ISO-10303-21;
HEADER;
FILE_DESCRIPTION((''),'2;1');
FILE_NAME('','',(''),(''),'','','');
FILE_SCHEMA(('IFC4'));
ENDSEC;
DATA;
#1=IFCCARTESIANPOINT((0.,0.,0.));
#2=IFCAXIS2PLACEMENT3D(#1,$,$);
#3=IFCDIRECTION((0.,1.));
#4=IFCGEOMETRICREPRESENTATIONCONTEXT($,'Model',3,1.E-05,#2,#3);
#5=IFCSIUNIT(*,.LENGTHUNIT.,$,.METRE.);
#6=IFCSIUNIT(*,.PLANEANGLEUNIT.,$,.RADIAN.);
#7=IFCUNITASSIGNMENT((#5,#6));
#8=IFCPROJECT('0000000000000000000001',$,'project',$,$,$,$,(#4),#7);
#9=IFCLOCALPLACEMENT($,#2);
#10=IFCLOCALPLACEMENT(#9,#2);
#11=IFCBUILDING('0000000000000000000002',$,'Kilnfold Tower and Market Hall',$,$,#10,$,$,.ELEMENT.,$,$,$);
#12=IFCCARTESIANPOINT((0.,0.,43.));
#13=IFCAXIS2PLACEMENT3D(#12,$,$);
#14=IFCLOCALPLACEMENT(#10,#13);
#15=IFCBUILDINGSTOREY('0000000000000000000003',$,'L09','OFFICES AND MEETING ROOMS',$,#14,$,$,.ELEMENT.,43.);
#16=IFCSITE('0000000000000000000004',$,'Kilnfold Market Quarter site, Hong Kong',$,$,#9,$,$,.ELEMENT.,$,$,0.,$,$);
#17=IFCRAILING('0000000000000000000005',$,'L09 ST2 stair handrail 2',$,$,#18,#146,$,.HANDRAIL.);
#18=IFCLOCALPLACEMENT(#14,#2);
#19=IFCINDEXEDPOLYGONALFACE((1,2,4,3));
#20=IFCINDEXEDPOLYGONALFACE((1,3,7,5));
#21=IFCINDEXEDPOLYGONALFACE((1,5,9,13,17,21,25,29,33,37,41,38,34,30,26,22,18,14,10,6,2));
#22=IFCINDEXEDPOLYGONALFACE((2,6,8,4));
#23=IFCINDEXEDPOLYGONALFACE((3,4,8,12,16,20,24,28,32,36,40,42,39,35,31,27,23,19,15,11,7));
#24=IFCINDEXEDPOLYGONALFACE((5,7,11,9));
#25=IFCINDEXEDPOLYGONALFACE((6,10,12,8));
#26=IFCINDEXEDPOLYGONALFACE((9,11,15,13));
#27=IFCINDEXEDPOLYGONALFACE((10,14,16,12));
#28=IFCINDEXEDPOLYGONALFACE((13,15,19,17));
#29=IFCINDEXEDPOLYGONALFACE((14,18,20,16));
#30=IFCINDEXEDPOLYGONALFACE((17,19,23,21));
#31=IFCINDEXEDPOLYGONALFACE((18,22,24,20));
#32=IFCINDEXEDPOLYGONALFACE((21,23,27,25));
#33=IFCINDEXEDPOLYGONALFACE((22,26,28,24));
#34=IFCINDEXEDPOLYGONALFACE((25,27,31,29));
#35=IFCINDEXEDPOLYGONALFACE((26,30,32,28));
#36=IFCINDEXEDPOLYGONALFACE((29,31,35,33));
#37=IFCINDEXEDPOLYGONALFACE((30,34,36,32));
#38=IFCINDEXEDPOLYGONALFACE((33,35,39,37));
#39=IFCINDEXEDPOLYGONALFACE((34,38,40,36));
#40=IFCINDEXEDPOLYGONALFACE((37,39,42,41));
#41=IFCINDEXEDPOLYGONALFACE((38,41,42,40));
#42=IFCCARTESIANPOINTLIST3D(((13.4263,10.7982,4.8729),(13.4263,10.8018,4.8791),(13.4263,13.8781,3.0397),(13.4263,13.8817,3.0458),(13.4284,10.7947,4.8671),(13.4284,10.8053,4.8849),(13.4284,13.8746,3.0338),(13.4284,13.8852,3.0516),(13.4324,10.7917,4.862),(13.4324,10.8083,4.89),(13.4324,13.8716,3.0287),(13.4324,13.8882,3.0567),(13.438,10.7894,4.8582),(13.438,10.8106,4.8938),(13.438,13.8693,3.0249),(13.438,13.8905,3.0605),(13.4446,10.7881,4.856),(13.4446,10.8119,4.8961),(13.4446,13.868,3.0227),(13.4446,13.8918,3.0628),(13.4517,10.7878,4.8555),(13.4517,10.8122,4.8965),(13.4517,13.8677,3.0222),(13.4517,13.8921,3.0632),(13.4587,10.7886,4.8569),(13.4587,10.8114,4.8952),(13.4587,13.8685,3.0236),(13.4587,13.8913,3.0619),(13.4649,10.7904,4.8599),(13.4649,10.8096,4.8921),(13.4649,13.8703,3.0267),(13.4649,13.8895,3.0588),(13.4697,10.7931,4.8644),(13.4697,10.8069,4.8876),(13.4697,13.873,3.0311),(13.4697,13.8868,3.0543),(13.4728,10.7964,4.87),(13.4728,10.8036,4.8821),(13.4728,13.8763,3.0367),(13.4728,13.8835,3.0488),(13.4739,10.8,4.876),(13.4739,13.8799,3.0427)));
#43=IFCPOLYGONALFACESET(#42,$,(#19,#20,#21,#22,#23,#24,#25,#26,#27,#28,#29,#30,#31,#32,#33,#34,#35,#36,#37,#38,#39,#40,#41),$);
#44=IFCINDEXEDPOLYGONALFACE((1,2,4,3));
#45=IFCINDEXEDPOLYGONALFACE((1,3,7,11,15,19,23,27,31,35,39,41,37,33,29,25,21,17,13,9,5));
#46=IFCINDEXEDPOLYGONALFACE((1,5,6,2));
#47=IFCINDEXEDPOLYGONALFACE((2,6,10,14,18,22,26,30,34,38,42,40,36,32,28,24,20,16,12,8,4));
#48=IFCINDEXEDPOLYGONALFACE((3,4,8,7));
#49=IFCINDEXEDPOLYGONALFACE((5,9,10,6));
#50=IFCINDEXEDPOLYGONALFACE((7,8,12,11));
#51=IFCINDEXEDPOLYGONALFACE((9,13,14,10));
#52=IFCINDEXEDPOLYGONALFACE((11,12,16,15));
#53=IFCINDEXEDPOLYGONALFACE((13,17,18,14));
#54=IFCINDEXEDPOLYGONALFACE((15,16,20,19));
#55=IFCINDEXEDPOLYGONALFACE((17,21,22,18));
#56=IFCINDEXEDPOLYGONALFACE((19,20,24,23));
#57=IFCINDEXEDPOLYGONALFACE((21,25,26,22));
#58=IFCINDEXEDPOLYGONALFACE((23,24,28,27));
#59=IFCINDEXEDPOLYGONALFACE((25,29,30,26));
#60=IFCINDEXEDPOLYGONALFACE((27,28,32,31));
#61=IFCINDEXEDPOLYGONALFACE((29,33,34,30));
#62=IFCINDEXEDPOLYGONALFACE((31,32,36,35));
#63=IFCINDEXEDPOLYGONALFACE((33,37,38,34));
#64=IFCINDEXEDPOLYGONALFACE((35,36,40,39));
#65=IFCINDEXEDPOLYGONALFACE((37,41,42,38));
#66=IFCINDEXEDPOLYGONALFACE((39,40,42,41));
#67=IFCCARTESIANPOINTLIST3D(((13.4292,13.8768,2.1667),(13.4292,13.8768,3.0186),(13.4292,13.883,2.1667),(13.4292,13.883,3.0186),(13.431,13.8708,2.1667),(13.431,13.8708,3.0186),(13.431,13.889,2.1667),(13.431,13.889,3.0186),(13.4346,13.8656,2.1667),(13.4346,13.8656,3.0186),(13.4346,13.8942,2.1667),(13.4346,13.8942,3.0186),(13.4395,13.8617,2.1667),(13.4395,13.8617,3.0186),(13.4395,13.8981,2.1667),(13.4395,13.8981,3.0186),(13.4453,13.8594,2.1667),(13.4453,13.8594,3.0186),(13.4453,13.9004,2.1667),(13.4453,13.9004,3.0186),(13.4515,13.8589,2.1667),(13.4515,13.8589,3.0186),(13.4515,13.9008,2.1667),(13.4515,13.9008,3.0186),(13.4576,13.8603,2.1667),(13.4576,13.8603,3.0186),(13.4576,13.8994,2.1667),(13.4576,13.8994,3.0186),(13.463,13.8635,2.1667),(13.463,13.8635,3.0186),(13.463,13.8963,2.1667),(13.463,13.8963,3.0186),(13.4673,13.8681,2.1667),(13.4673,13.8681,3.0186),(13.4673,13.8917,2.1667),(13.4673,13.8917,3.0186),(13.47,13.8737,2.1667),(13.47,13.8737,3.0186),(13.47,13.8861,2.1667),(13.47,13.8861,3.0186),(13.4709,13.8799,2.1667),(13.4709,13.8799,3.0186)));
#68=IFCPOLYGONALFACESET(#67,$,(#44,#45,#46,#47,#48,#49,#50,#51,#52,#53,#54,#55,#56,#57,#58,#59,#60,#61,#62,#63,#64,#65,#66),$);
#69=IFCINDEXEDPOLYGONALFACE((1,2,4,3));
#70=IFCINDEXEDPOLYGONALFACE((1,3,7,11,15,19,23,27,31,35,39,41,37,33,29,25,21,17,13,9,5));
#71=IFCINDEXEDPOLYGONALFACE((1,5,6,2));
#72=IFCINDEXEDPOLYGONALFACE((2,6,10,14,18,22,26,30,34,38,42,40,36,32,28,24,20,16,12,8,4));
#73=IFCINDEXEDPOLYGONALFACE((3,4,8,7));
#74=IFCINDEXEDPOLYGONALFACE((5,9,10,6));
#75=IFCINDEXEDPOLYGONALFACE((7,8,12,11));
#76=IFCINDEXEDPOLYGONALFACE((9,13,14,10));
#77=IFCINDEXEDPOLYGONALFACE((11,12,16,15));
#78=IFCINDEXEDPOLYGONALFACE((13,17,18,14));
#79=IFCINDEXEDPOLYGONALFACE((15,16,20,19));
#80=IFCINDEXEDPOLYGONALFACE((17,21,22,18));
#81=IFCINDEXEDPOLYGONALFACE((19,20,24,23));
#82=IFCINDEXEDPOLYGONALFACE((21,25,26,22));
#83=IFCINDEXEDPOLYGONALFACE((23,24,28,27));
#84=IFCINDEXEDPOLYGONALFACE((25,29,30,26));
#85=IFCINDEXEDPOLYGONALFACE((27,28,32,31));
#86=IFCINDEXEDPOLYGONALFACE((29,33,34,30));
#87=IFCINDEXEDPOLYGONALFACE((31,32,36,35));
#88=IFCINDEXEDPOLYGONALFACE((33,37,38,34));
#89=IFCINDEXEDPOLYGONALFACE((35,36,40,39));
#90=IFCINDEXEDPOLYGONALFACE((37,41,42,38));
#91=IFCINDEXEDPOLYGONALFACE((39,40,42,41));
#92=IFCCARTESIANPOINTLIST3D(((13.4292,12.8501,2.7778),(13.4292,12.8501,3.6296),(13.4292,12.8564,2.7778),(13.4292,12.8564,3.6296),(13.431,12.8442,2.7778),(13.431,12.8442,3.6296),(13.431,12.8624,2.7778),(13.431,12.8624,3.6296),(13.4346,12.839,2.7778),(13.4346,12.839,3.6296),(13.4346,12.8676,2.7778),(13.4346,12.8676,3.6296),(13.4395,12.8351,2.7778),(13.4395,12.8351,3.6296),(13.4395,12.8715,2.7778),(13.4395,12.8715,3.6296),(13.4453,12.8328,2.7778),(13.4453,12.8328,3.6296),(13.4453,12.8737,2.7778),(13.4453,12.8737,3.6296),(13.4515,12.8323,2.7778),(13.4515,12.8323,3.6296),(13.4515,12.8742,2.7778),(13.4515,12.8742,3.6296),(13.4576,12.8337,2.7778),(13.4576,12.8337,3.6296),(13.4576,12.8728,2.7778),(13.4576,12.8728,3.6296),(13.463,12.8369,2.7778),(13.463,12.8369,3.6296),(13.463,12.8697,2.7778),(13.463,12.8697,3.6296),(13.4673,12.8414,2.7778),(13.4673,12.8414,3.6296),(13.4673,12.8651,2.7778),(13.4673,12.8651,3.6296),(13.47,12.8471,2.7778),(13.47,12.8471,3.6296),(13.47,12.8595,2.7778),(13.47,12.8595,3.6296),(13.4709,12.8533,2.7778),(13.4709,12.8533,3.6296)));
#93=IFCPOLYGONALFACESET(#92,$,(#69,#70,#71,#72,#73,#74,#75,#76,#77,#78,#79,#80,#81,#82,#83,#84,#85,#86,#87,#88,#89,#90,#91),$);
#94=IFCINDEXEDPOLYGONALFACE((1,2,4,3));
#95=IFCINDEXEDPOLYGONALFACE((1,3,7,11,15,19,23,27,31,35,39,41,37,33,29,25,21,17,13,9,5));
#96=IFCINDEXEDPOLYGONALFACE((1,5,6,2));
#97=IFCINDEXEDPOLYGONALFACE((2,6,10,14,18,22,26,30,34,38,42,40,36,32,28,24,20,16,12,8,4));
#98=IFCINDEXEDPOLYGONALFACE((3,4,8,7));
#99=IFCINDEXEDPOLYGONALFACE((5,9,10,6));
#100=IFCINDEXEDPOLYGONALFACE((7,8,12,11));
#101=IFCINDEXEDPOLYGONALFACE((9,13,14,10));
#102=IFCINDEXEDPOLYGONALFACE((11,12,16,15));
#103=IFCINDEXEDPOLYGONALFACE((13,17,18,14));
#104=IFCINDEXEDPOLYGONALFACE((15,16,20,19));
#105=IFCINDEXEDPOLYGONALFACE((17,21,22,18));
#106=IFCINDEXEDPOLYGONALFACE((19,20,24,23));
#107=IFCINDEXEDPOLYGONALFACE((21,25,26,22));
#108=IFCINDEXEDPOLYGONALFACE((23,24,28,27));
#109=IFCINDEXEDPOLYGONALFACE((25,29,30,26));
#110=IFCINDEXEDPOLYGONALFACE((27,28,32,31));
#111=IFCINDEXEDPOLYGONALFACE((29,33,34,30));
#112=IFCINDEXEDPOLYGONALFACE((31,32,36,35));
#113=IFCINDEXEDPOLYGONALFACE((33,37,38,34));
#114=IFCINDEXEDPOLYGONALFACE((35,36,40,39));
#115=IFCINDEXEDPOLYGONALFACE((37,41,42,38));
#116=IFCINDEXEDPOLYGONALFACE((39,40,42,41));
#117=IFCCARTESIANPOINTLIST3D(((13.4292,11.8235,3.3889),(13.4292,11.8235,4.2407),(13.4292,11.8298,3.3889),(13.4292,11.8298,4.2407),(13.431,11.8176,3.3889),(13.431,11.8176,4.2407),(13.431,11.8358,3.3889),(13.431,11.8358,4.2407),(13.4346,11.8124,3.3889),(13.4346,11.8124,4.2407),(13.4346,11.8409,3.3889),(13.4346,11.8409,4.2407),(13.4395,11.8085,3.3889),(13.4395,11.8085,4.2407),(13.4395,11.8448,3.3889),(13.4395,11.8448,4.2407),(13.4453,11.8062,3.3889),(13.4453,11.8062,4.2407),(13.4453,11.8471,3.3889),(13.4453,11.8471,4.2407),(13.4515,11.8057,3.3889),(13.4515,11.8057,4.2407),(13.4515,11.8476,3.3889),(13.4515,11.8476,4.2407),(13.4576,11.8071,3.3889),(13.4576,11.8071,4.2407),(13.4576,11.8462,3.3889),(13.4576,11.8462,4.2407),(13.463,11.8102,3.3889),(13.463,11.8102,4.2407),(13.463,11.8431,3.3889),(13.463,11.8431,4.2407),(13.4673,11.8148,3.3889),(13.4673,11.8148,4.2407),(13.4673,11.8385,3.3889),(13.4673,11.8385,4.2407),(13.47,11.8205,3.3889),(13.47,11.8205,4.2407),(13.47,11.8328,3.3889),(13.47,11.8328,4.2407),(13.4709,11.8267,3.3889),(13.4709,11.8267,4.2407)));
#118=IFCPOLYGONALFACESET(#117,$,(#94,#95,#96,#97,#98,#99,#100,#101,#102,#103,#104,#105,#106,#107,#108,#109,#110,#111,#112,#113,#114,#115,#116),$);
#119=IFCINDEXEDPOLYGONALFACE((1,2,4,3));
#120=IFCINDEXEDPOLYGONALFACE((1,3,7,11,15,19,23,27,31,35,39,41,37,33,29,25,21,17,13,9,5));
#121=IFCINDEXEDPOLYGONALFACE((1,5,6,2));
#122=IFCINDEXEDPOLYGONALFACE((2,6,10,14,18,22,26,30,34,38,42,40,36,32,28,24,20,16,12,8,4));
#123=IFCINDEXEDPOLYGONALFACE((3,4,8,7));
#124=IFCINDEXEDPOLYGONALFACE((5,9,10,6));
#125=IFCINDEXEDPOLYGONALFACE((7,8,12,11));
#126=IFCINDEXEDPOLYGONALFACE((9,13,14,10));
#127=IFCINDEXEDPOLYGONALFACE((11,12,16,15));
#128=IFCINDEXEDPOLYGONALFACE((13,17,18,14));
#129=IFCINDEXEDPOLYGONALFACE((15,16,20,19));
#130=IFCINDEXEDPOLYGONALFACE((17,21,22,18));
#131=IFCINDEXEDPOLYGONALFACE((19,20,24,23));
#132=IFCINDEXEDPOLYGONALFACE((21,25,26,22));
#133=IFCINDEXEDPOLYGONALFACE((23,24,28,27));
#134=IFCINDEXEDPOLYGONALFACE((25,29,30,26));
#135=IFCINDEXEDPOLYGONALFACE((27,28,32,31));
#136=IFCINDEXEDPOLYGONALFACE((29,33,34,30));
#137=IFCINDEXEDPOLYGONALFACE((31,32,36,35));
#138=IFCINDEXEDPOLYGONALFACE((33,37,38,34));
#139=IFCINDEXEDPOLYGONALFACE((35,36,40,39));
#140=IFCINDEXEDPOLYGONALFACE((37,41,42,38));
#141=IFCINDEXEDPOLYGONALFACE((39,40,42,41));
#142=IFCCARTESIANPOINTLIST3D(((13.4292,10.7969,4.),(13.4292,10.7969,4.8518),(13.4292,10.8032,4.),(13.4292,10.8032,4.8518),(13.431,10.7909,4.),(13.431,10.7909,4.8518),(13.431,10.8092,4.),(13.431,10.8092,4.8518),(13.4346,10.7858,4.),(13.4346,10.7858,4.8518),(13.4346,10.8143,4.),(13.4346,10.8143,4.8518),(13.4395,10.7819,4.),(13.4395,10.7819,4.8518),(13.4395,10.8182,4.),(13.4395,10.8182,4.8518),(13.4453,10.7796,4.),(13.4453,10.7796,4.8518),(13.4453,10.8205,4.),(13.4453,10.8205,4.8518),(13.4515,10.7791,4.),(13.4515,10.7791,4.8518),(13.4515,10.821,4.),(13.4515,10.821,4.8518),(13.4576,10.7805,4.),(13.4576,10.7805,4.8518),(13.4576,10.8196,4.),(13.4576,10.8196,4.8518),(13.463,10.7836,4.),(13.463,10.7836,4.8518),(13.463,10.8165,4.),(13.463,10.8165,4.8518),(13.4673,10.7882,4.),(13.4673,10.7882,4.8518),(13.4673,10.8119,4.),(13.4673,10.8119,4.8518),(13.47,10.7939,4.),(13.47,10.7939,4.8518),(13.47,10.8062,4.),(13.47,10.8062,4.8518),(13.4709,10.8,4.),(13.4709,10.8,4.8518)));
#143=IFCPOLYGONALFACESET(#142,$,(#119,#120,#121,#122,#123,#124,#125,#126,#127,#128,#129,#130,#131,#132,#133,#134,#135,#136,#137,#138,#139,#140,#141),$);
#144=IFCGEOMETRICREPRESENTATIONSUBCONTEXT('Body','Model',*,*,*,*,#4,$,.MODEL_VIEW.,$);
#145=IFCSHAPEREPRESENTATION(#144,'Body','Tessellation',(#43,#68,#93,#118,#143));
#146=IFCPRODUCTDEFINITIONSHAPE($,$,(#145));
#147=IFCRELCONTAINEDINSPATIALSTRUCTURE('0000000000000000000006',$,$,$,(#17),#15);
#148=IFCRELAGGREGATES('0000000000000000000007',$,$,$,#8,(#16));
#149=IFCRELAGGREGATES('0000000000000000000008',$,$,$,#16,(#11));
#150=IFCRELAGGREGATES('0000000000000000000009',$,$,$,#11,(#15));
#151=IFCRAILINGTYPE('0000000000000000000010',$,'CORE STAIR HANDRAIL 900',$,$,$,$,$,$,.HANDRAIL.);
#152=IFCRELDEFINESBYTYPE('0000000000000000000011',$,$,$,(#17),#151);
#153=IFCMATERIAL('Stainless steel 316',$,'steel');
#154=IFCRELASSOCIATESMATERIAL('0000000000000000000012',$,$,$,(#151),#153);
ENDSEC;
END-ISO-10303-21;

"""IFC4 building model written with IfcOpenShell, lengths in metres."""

from ifc_helpers import new_model, si_unit, direction, frame, origin, origin_2d, place, context, subcontext, project, spatial, circle, extrude, material, type_object, element, save


model = new_model("IFC4")

# Units and contexts
model_context = context("Model", 3, precision=1e-05, world=origin(), true_north=direction((0.0, 1.0)))
body_context = subcontext(model_context, "Body", "Model", "MODEL_VIEW")
ifc_project = project(units=[si_unit("LENGTHUNIT", "METRE"), si_unit("PLANEANGLEUNIT", "RADIAN")], contexts=[model_context])

# Site, building, storey
site_placement = place(None, origin())
site = spatial("IfcSite", under=ifc_project, at=site_placement, Name="Kilnfold Market Quarter site, Hong Kong", CompositionType="ELEMENT", RefElevation=0.0)
building_placement = place(site_placement, origin())
building = spatial("IfcBuilding", under=site, at=building_placement, Name="Kilnfold Tower and Market Hall", CompositionType="ELEMENT")
storey_placement = place(building_placement, frame((0.0, 0.0, 43.0)))
storey = spatial("IfcBuildingStorey", under=building, at=storey_placement, Name="L09", Description="OFFICES AND MEETING ROOMS", CompositionType="ELEMENT", Elevation=43.0)

# Railing
ifc_material_1 = material(Name="Stainless steel 316", Category="steel")
railing_type_1 = type_object("IfcRailingType", Name="CORE STAIR HANDRAIL 900", PredefinedType="HANDRAIL", material=ifc_material_1)
railing_1_placement = place(storey_placement, frame((13.45, 13.8799, 2.1667)))
element("IfcRailing", 1, at=railing_1_placement, inside=storey, type_object=railing_type_1, Name="L09 ST2 stair handrail 2", PredefinedType="HANDRAIL", context=body_context, shape_type="SweptSolid", body=[
    extrude(circle(Radius=0.0239, at=origin_2d()), frame((0.0, 0.0, 0.876), z_axis=(0.0, -0.859291, 0.511487), x_axis=(1.0, 0.0, 0.0)), (0.0, 0.0, 1.0), 3.5842),
    extrude(circle(Radius=0.021, at=origin_2d()), origin(), (0.0, 0.0, 1.0), 0.8518),
    extrude(circle(Radius=0.021, at=origin_2d()), frame((0.0, -1.0266, 0.6111)), (0.0, 0.0, 1.0), 0.8518),
    extrude(circle(Radius=0.021, at=origin_2d()), frame((0.0, -2.0532, 1.2222)), (0.0, 0.0, 1.0), 0.8518),
    extrude(circle(Radius=0.021, at=origin_2d()), frame((0.0, -3.0798, 1.8333)), (0.0, 0.0, 1.0), 0.8518),
])

save(model, "model.ifc")
